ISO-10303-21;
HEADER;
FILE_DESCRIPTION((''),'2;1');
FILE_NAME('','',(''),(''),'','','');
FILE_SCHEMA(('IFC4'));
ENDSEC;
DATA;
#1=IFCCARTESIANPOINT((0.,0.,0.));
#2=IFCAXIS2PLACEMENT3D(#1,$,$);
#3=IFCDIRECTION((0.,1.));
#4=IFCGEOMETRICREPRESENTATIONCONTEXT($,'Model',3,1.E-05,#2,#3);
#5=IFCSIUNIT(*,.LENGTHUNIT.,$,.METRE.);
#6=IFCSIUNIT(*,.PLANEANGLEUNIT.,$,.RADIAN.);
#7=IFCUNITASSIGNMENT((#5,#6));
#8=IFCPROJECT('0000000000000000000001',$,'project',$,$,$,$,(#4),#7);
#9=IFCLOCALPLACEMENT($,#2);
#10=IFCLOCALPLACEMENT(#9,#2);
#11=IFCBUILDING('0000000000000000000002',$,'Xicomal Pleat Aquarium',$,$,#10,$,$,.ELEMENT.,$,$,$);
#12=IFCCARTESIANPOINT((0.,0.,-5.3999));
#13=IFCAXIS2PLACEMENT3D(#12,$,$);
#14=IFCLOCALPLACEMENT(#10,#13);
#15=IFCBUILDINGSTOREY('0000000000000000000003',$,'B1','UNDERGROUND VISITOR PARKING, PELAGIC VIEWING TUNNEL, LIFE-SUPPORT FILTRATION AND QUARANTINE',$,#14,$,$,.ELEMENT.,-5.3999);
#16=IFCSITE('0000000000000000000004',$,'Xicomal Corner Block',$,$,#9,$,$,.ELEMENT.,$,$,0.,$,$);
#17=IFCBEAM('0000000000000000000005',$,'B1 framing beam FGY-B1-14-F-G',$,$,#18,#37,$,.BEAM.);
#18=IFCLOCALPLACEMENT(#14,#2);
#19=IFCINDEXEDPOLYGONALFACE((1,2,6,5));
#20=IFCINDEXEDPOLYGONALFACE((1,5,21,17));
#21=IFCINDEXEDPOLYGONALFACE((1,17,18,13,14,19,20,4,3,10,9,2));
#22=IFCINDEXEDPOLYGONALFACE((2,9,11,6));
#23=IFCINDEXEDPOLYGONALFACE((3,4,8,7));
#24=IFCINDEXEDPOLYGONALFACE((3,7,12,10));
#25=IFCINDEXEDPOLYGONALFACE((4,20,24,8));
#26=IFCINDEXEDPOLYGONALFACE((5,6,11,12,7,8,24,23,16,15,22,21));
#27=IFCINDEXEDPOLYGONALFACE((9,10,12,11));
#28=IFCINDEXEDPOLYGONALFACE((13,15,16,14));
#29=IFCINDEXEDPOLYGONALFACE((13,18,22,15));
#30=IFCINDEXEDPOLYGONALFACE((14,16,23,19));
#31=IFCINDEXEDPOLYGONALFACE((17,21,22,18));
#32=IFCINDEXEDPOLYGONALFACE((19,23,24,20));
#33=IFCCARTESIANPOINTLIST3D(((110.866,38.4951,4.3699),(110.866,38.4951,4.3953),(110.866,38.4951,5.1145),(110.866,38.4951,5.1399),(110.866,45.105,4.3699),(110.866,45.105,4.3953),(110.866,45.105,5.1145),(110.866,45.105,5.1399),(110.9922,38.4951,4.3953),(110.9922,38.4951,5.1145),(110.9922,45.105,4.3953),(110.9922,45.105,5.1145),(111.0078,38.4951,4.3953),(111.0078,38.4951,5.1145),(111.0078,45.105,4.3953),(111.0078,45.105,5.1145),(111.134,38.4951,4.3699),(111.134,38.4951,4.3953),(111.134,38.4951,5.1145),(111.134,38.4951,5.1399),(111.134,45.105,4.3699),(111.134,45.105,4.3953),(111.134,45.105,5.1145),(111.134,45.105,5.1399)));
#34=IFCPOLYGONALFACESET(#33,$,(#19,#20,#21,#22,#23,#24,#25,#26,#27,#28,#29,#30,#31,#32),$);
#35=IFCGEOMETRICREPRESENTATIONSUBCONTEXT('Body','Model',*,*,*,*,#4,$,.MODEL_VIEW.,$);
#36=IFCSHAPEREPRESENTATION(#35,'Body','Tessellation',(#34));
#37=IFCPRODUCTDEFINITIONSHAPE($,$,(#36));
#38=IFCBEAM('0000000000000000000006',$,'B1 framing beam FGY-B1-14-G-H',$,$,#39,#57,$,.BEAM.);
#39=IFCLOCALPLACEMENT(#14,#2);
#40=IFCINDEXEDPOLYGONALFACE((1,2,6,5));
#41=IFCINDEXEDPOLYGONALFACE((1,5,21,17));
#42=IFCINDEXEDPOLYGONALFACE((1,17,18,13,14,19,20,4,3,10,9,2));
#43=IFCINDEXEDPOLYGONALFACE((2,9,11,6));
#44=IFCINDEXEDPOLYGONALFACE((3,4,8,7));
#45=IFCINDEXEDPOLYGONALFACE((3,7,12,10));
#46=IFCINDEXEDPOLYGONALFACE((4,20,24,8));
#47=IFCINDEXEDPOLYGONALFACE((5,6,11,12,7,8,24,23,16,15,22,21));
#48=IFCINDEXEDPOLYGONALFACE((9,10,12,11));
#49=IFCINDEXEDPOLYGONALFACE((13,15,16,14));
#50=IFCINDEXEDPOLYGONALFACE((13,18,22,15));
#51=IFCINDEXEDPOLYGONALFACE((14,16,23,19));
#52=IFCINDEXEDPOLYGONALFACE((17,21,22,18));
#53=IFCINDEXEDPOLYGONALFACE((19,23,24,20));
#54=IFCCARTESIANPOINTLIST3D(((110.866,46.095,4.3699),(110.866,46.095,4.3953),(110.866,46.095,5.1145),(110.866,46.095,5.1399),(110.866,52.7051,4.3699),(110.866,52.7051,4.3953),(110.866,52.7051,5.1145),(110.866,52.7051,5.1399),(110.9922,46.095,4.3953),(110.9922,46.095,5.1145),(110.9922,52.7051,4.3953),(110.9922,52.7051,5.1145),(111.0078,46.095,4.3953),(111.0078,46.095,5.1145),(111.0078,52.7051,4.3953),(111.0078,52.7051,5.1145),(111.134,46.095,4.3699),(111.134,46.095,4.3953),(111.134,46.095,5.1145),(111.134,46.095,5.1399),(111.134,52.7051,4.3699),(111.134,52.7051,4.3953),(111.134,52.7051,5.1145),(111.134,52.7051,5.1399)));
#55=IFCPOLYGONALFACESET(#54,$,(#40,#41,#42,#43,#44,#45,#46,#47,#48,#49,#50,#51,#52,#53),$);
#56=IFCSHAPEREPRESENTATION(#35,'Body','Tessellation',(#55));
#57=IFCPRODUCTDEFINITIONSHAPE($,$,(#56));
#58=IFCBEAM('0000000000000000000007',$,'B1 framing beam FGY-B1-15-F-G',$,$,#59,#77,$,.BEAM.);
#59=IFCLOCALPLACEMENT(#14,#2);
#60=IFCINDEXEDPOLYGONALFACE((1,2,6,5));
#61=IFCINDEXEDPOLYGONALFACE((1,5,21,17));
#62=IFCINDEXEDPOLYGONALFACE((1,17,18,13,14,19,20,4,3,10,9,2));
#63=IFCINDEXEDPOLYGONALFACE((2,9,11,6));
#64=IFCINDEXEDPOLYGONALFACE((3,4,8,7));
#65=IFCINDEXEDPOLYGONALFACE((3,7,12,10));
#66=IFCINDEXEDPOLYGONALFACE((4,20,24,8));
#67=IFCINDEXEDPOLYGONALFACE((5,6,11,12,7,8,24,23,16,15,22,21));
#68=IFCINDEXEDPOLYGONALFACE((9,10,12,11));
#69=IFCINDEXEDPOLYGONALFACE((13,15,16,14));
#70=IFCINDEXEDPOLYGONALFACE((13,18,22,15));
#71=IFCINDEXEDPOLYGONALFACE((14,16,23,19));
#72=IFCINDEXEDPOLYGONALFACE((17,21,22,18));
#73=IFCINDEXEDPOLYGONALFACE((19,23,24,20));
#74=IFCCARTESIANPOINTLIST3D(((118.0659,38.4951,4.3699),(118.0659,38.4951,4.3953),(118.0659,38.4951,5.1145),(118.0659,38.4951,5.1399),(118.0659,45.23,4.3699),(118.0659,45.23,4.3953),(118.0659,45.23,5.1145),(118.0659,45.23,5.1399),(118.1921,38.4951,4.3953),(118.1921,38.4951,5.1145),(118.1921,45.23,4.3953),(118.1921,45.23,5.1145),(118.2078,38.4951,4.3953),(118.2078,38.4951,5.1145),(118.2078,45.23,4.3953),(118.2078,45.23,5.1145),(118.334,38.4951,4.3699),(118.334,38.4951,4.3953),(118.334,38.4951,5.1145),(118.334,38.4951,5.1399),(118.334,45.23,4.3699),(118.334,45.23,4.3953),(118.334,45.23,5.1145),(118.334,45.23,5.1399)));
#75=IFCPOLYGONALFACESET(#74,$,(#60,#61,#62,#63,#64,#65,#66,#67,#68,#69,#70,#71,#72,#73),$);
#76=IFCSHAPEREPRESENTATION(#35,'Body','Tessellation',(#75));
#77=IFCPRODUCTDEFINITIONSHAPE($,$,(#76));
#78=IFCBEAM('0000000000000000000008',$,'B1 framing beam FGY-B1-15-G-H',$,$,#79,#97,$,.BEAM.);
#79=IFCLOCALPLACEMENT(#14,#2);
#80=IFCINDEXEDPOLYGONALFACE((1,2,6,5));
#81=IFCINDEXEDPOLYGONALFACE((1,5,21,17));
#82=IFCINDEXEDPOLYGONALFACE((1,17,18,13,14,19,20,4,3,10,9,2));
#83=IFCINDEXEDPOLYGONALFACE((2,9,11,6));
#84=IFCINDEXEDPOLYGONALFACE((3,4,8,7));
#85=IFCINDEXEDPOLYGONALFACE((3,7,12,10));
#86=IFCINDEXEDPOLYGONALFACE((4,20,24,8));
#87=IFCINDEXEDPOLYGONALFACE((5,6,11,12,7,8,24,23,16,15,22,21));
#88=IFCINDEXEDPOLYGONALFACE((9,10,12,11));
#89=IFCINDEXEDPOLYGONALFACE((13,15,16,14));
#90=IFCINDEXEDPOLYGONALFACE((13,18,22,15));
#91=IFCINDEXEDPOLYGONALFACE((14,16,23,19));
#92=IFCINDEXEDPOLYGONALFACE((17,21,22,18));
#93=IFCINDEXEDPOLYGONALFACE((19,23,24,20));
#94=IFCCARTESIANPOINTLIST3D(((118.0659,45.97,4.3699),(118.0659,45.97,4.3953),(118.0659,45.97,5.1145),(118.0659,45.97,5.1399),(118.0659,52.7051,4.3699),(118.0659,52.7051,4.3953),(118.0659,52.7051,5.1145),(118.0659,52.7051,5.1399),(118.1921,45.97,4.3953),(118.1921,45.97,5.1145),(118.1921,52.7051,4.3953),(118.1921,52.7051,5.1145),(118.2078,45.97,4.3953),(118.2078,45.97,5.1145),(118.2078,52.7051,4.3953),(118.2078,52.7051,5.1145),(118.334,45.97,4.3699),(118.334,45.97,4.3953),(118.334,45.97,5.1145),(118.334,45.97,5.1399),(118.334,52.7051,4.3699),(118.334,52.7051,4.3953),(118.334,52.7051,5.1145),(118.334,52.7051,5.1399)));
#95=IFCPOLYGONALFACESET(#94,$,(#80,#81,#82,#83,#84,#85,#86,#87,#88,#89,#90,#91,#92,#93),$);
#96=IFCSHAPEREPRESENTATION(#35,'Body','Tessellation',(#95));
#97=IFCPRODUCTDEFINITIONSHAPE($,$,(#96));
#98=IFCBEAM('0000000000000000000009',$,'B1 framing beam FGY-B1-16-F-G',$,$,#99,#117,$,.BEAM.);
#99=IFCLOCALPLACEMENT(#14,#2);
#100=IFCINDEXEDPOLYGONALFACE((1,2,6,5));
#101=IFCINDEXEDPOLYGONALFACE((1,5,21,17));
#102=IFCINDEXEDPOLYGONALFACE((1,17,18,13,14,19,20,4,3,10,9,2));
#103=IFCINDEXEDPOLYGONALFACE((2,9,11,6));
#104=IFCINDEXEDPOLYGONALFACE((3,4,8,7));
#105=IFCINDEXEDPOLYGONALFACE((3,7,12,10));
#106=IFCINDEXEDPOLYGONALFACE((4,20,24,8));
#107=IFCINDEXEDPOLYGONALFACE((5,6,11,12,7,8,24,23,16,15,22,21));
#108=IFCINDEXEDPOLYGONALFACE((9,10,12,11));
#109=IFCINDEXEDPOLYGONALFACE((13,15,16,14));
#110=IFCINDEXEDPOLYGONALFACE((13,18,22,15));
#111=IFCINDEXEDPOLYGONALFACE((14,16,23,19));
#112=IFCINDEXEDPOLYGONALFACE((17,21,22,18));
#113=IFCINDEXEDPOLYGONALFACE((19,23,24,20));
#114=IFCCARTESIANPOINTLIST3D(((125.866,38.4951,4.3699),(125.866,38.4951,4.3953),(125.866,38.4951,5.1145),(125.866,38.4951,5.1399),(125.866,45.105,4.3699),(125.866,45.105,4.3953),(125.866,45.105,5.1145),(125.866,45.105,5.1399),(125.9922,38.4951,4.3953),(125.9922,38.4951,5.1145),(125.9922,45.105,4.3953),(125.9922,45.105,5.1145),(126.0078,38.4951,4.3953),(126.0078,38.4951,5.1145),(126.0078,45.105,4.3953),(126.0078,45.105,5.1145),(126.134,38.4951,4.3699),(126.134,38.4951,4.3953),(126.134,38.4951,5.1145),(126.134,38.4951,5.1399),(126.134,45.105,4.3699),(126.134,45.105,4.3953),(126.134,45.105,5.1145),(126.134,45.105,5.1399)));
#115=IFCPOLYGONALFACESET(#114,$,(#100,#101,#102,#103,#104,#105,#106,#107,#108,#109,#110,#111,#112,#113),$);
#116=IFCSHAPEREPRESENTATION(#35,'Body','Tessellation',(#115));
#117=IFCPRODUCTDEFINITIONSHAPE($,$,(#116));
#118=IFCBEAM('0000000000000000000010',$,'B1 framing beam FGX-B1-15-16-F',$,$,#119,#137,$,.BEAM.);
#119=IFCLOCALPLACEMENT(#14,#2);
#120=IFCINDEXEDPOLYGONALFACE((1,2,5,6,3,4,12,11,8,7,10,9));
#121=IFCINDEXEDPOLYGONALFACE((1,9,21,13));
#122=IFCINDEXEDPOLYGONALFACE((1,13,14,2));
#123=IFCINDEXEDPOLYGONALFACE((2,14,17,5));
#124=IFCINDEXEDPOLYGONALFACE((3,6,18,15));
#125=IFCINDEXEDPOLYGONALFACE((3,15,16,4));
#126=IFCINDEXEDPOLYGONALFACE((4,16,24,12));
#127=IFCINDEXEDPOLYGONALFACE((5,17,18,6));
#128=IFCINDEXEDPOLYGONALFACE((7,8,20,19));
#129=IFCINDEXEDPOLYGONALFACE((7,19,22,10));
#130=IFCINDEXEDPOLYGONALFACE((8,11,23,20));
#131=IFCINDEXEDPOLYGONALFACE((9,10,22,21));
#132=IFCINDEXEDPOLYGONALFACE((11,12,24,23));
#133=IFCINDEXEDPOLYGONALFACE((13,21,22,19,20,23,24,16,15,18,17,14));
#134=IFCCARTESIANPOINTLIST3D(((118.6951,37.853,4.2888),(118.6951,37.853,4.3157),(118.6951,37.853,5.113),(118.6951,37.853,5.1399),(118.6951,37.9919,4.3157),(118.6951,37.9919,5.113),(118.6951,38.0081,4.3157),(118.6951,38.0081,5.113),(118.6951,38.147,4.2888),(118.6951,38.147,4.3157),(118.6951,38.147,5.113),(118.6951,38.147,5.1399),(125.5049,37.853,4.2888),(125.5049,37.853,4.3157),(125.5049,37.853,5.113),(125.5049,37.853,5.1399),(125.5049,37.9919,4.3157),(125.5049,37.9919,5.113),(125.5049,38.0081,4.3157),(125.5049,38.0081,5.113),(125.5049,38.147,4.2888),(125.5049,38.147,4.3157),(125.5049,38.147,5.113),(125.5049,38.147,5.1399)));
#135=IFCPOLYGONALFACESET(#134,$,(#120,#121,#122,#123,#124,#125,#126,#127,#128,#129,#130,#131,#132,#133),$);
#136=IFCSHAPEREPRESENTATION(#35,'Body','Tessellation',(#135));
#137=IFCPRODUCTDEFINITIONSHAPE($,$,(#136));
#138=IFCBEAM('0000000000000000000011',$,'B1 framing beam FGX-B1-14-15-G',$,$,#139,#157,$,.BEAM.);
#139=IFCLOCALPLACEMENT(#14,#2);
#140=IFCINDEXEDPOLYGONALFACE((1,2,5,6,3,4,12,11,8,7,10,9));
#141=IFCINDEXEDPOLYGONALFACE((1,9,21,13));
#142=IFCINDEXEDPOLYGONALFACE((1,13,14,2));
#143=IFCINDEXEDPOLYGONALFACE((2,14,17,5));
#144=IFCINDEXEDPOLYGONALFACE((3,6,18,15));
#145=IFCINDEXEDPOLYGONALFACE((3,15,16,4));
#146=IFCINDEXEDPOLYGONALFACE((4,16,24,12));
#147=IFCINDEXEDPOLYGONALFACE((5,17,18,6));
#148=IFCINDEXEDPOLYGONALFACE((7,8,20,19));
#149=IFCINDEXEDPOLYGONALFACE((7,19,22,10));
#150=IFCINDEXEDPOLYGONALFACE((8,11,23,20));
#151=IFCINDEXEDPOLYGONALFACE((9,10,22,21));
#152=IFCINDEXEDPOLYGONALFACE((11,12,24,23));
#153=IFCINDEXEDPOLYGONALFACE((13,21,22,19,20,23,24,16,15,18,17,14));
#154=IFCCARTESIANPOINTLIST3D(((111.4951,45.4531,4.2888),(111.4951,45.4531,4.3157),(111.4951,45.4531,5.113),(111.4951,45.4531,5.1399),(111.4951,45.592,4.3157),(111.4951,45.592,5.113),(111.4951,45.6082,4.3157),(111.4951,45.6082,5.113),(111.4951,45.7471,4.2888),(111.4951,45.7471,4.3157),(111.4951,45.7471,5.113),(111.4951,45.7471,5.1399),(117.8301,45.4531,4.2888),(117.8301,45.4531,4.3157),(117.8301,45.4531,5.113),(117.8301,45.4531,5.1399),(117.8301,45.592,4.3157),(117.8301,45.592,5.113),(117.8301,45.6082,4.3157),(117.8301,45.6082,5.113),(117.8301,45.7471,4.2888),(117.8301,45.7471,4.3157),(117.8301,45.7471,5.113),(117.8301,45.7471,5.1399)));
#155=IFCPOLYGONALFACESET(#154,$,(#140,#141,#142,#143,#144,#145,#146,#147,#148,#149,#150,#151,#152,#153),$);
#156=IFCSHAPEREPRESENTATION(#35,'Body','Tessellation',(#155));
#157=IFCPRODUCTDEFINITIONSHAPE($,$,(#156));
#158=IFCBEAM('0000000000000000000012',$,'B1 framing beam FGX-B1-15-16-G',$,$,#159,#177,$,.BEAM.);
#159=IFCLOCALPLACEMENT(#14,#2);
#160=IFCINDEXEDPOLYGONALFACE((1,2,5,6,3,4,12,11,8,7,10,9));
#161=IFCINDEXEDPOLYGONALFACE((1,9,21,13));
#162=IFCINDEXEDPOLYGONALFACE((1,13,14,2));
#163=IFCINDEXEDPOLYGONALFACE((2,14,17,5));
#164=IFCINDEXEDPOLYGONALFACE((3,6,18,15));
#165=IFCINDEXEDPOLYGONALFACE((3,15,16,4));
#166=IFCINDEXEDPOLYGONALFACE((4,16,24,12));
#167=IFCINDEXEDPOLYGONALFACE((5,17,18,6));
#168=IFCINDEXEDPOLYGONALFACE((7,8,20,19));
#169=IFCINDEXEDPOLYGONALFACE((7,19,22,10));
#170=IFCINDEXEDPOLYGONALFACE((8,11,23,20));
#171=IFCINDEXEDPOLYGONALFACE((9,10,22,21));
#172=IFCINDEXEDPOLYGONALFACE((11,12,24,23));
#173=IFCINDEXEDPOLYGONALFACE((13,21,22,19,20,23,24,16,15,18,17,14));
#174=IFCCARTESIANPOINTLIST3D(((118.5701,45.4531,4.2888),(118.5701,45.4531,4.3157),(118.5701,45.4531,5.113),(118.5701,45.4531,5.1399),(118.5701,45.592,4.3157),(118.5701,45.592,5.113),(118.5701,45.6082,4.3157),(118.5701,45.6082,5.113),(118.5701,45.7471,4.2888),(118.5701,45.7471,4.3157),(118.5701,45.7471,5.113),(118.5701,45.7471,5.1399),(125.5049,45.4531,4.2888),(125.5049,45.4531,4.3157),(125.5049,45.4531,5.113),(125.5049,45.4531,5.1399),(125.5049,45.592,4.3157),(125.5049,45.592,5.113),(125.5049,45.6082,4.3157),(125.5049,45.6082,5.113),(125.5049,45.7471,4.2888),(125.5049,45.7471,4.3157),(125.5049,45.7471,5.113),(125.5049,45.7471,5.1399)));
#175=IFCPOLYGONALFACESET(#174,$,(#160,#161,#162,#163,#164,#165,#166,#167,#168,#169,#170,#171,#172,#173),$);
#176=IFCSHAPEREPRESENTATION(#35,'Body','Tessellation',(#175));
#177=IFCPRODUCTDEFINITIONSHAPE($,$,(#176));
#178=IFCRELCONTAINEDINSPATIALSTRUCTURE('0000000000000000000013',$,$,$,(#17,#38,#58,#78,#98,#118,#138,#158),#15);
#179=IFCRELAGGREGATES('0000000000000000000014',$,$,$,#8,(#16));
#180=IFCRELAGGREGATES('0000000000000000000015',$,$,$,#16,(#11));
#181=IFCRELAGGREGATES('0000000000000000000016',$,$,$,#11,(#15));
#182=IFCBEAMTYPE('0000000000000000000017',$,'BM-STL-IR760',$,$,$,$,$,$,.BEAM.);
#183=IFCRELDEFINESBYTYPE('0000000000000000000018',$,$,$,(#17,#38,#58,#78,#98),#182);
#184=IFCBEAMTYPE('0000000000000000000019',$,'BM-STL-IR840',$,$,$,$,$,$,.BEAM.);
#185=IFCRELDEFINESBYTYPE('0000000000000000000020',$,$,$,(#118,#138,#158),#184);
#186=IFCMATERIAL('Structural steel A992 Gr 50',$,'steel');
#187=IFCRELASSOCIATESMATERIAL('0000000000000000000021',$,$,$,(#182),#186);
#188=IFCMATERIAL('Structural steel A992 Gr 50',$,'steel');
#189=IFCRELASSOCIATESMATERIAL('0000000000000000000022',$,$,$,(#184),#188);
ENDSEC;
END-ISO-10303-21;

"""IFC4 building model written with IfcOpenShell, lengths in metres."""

from ifc_helpers import new_model, si_unit, direction, frame, origin, origin_2d, place, context, subcontext, project, spatial, i_section, extrude, material, material_profile, profile_set, type_object, element, save


model = new_model("IFC4")

# Units and contexts
model_context = context("Model", 3, precision=1e-05, world=origin(), true_north=direction((0.0, 1.0)))
body_context = subcontext(model_context, "Body", "Model", "MODEL_VIEW")
ifc_project = project(units=[si_unit("LENGTHUNIT", "METRE"), si_unit("PLANEANGLEUNIT", "RADIAN")], contexts=[model_context])

# Site, building, storey
site_placement = place(None, origin())
site = spatial("IfcSite", under=ifc_project, at=site_placement, Name="Xicomal Corner Block", CompositionType="ELEMENT", RefElevation=0.0)
building_placement = place(site_placement, origin())
building = spatial("IfcBuilding", under=site, at=building_placement, Name="Xicomal Pleat Aquarium", CompositionType="ELEMENT")
storey_placement = place(building_placement, frame((0.0, 0.0, -5.3999)))
storey = spatial("IfcBuildingStorey", under=building, at=storey_placement, Name="B1", Description="UNDERGROUND VISITOR PARKING, PELAGIC VIEWING TUNNEL, LIFE-SUPPORT FILTRATION AND QUARANTINE", CompositionType="ELEMENT", Elevation=-5.3999)

# Beams
ifc_material_1 = material(Name="Structural steel A992 Gr 50", Category="steel")
ifc_material_profile_1 = material_profile(ifc_material_1, i_section(OverallWidth=0.2681, OverallDepth=0.77, WebThickness=0.0156, FlangeThickness=0.0254, at=origin_2d()), Name="IR 760x196")
ifc_profile_set_1 = profile_set([ifc_material_profile_1], Name="Structural steel A992 Gr 50")
beam_type_1 = type_object("IfcBeamType", Name="BM-STL-IR760", PredefinedType="BEAM", material=ifc_profile_set_1)
beam_1_placement = place(storey_placement, frame((111.0, 38.4951, 4.7549), z_axis=(0.0, 1.0, 0.0), x_axis=(-1.0, 0.0, 0.0)))
element("IfcBeam", 1, at=beam_1_placement, inside=storey, type_object=beam_type_1, Name="B1 framing beam FGY-B1-14-F-G", PredefinedType="BEAM", context=body_context, shape_type="SweptSolid", body=[
    extrude(i_section(OverallWidth=0.2681, OverallDepth=0.77, WebThickness=0.0156, FlangeThickness=0.0254, at=origin_2d()), origin(), (0.0, 0.0, 1.0), 6.6099),
])
beam_2_placement = place(storey_placement, frame((111.0, 46.095, 4.7549), z_axis=(0.0, 1.0, 0.0), x_axis=(-1.0, 0.0, 0.0)))
element("IfcBeam", 2, at=beam_2_placement, inside=storey, type_object=beam_type_1, Name="B1 framing beam FGY-B1-14-G-H", PredefinedType="BEAM", context=body_context, shape_type="SweptSolid", body=[
    extrude(i_section(OverallWidth=0.2681, OverallDepth=0.77, WebThickness=0.0156, FlangeThickness=0.0254, at=origin_2d()), origin(), (0.0, 0.0, 1.0), 6.6101),
])
beam_3_placement = place(storey_placement, frame((118.2, 38.4951, 4.7549), z_axis=(0.0, 1.0, 0.0), x_axis=(-1.0, 0.0, 0.0)))
element("IfcBeam", 3, at=beam_3_placement, inside=storey, type_object=beam_type_1, Name="B1 framing beam FGY-B1-15-F-G", PredefinedType="BEAM", context=body_context, shape_type="SweptSolid", body=[
    extrude(i_section(OverallWidth=0.2681, OverallDepth=0.77, WebThickness=0.0156, FlangeThickness=0.0254, at=origin_2d()), origin(), (0.0, 0.0, 1.0), 6.7349),
])
beam_4_placement = place(storey_placement, frame((118.2, 45.97, 4.7549), z_axis=(0.0, 1.0, 0.0), x_axis=(-1.0, 0.0, 0.0)))
element("IfcBeam", 4, at=beam_4_placement, inside=storey, type_object=beam_type_1, Name="B1 framing beam FGY-B1-15-G-H", PredefinedType="BEAM", context=body_context, shape_type="SweptSolid", body=[
    extrude(i_section(OverallWidth=0.2681, OverallDepth=0.77, WebThickness=0.0156, FlangeThickness=0.0254, at=origin_2d()), origin(), (0.0, 0.0, 1.0), 6.7351),
])
beam_5_placement = place(storey_placement, frame((126.0, 38.4951, 4.7549), z_axis=(0.0, 1.0, 0.0), x_axis=(-1.0, 0.0, 0.0)))
element("IfcBeam", 5, at=beam_5_placement, inside=storey, type_object=beam_type_1, Name="B1 framing beam FGY-B1-16-F-G", PredefinedType="BEAM", context=body_context, shape_type="SweptSolid", body=[
    extrude(i_section(OverallWidth=0.2681, OverallDepth=0.77, WebThickness=0.0156, FlangeThickness=0.0254, at=origin_2d()), origin(), (0.0, 0.0, 1.0), 6.6099),
])
ifc_material_2 = material(Name="Structural steel A992 Gr 50", Category="steel")
ifc_material_profile_2 = material_profile(ifc_material_2, i_section(OverallWidth=0.2939, OverallDepth=0.8511, WebThickness=0.0161, FlangeThickness=0.0269, at=origin_2d()), Name="IR 840x226")
ifc_profile_set_2 = profile_set([ifc_material_profile_2], Name="Structural steel A992 Gr 50")
beam_type_2 = type_object("IfcBeamType", Name="BM-STL-IR840", PredefinedType="BEAM", material=ifc_profile_set_2)
beam_6_placement = place(storey_placement, frame((118.6951, 38.0, 4.7144), z_axis=(1.0, 0.0, 0.0), x_axis=(0.0, 1.0, 0.0)))
element("IfcBeam", 6, at=beam_6_placement, inside=storey, type_object=beam_type_2, Name="B1 framing beam FGX-B1-15-16-F", PredefinedType="BEAM", context=body_context, shape_type="SweptSolid", body=[
    extrude(i_section(OverallWidth=0.2939, OverallDepth=0.8511, WebThickness=0.0161, FlangeThickness=0.0269, at=origin_2d()), origin(), (0.0, 0.0, 1.0), 6.8098),
])
beam_7_placement = place(storey_placement, frame((111.4951, 45.6001, 4.7144), z_axis=(1.0, 0.0, 0.0), x_axis=(0.0, 1.0, 0.0)))
element("IfcBeam", 7, at=beam_7_placement, inside=storey, type_object=beam_type_2, Name="B1 framing beam FGX-B1-14-15-G", PredefinedType="BEAM", context=body_context, shape_type="SweptSolid", body=[
    extrude(i_section(OverallWidth=0.2939, OverallDepth=0.8511, WebThickness=0.0161, FlangeThickness=0.0269, at=origin_2d()), origin(), (0.0, 0.0, 1.0), 6.335),
])
beam_8_placement = place(storey_placement, frame((118.5701, 45.6001, 4.7144), z_axis=(1.0, 0.0, 0.0), x_axis=(0.0, 1.0, 0.0)))
element("IfcBeam", 8, at=beam_8_placement, inside=storey, type_object=beam_type_2, Name="B1 framing beam FGX-B1-15-16-G", PredefinedType="BEAM", context=body_context, shape_type="SweptSolid", body=[
    extrude(i_section(OverallWidth=0.2939, OverallDepth=0.8511, WebThickness=0.0161, FlangeThickness=0.0269, at=origin_2d()), origin(), (0.0, 0.0, 1.0), 6.9348),
])

save(model, "model.ifc")
